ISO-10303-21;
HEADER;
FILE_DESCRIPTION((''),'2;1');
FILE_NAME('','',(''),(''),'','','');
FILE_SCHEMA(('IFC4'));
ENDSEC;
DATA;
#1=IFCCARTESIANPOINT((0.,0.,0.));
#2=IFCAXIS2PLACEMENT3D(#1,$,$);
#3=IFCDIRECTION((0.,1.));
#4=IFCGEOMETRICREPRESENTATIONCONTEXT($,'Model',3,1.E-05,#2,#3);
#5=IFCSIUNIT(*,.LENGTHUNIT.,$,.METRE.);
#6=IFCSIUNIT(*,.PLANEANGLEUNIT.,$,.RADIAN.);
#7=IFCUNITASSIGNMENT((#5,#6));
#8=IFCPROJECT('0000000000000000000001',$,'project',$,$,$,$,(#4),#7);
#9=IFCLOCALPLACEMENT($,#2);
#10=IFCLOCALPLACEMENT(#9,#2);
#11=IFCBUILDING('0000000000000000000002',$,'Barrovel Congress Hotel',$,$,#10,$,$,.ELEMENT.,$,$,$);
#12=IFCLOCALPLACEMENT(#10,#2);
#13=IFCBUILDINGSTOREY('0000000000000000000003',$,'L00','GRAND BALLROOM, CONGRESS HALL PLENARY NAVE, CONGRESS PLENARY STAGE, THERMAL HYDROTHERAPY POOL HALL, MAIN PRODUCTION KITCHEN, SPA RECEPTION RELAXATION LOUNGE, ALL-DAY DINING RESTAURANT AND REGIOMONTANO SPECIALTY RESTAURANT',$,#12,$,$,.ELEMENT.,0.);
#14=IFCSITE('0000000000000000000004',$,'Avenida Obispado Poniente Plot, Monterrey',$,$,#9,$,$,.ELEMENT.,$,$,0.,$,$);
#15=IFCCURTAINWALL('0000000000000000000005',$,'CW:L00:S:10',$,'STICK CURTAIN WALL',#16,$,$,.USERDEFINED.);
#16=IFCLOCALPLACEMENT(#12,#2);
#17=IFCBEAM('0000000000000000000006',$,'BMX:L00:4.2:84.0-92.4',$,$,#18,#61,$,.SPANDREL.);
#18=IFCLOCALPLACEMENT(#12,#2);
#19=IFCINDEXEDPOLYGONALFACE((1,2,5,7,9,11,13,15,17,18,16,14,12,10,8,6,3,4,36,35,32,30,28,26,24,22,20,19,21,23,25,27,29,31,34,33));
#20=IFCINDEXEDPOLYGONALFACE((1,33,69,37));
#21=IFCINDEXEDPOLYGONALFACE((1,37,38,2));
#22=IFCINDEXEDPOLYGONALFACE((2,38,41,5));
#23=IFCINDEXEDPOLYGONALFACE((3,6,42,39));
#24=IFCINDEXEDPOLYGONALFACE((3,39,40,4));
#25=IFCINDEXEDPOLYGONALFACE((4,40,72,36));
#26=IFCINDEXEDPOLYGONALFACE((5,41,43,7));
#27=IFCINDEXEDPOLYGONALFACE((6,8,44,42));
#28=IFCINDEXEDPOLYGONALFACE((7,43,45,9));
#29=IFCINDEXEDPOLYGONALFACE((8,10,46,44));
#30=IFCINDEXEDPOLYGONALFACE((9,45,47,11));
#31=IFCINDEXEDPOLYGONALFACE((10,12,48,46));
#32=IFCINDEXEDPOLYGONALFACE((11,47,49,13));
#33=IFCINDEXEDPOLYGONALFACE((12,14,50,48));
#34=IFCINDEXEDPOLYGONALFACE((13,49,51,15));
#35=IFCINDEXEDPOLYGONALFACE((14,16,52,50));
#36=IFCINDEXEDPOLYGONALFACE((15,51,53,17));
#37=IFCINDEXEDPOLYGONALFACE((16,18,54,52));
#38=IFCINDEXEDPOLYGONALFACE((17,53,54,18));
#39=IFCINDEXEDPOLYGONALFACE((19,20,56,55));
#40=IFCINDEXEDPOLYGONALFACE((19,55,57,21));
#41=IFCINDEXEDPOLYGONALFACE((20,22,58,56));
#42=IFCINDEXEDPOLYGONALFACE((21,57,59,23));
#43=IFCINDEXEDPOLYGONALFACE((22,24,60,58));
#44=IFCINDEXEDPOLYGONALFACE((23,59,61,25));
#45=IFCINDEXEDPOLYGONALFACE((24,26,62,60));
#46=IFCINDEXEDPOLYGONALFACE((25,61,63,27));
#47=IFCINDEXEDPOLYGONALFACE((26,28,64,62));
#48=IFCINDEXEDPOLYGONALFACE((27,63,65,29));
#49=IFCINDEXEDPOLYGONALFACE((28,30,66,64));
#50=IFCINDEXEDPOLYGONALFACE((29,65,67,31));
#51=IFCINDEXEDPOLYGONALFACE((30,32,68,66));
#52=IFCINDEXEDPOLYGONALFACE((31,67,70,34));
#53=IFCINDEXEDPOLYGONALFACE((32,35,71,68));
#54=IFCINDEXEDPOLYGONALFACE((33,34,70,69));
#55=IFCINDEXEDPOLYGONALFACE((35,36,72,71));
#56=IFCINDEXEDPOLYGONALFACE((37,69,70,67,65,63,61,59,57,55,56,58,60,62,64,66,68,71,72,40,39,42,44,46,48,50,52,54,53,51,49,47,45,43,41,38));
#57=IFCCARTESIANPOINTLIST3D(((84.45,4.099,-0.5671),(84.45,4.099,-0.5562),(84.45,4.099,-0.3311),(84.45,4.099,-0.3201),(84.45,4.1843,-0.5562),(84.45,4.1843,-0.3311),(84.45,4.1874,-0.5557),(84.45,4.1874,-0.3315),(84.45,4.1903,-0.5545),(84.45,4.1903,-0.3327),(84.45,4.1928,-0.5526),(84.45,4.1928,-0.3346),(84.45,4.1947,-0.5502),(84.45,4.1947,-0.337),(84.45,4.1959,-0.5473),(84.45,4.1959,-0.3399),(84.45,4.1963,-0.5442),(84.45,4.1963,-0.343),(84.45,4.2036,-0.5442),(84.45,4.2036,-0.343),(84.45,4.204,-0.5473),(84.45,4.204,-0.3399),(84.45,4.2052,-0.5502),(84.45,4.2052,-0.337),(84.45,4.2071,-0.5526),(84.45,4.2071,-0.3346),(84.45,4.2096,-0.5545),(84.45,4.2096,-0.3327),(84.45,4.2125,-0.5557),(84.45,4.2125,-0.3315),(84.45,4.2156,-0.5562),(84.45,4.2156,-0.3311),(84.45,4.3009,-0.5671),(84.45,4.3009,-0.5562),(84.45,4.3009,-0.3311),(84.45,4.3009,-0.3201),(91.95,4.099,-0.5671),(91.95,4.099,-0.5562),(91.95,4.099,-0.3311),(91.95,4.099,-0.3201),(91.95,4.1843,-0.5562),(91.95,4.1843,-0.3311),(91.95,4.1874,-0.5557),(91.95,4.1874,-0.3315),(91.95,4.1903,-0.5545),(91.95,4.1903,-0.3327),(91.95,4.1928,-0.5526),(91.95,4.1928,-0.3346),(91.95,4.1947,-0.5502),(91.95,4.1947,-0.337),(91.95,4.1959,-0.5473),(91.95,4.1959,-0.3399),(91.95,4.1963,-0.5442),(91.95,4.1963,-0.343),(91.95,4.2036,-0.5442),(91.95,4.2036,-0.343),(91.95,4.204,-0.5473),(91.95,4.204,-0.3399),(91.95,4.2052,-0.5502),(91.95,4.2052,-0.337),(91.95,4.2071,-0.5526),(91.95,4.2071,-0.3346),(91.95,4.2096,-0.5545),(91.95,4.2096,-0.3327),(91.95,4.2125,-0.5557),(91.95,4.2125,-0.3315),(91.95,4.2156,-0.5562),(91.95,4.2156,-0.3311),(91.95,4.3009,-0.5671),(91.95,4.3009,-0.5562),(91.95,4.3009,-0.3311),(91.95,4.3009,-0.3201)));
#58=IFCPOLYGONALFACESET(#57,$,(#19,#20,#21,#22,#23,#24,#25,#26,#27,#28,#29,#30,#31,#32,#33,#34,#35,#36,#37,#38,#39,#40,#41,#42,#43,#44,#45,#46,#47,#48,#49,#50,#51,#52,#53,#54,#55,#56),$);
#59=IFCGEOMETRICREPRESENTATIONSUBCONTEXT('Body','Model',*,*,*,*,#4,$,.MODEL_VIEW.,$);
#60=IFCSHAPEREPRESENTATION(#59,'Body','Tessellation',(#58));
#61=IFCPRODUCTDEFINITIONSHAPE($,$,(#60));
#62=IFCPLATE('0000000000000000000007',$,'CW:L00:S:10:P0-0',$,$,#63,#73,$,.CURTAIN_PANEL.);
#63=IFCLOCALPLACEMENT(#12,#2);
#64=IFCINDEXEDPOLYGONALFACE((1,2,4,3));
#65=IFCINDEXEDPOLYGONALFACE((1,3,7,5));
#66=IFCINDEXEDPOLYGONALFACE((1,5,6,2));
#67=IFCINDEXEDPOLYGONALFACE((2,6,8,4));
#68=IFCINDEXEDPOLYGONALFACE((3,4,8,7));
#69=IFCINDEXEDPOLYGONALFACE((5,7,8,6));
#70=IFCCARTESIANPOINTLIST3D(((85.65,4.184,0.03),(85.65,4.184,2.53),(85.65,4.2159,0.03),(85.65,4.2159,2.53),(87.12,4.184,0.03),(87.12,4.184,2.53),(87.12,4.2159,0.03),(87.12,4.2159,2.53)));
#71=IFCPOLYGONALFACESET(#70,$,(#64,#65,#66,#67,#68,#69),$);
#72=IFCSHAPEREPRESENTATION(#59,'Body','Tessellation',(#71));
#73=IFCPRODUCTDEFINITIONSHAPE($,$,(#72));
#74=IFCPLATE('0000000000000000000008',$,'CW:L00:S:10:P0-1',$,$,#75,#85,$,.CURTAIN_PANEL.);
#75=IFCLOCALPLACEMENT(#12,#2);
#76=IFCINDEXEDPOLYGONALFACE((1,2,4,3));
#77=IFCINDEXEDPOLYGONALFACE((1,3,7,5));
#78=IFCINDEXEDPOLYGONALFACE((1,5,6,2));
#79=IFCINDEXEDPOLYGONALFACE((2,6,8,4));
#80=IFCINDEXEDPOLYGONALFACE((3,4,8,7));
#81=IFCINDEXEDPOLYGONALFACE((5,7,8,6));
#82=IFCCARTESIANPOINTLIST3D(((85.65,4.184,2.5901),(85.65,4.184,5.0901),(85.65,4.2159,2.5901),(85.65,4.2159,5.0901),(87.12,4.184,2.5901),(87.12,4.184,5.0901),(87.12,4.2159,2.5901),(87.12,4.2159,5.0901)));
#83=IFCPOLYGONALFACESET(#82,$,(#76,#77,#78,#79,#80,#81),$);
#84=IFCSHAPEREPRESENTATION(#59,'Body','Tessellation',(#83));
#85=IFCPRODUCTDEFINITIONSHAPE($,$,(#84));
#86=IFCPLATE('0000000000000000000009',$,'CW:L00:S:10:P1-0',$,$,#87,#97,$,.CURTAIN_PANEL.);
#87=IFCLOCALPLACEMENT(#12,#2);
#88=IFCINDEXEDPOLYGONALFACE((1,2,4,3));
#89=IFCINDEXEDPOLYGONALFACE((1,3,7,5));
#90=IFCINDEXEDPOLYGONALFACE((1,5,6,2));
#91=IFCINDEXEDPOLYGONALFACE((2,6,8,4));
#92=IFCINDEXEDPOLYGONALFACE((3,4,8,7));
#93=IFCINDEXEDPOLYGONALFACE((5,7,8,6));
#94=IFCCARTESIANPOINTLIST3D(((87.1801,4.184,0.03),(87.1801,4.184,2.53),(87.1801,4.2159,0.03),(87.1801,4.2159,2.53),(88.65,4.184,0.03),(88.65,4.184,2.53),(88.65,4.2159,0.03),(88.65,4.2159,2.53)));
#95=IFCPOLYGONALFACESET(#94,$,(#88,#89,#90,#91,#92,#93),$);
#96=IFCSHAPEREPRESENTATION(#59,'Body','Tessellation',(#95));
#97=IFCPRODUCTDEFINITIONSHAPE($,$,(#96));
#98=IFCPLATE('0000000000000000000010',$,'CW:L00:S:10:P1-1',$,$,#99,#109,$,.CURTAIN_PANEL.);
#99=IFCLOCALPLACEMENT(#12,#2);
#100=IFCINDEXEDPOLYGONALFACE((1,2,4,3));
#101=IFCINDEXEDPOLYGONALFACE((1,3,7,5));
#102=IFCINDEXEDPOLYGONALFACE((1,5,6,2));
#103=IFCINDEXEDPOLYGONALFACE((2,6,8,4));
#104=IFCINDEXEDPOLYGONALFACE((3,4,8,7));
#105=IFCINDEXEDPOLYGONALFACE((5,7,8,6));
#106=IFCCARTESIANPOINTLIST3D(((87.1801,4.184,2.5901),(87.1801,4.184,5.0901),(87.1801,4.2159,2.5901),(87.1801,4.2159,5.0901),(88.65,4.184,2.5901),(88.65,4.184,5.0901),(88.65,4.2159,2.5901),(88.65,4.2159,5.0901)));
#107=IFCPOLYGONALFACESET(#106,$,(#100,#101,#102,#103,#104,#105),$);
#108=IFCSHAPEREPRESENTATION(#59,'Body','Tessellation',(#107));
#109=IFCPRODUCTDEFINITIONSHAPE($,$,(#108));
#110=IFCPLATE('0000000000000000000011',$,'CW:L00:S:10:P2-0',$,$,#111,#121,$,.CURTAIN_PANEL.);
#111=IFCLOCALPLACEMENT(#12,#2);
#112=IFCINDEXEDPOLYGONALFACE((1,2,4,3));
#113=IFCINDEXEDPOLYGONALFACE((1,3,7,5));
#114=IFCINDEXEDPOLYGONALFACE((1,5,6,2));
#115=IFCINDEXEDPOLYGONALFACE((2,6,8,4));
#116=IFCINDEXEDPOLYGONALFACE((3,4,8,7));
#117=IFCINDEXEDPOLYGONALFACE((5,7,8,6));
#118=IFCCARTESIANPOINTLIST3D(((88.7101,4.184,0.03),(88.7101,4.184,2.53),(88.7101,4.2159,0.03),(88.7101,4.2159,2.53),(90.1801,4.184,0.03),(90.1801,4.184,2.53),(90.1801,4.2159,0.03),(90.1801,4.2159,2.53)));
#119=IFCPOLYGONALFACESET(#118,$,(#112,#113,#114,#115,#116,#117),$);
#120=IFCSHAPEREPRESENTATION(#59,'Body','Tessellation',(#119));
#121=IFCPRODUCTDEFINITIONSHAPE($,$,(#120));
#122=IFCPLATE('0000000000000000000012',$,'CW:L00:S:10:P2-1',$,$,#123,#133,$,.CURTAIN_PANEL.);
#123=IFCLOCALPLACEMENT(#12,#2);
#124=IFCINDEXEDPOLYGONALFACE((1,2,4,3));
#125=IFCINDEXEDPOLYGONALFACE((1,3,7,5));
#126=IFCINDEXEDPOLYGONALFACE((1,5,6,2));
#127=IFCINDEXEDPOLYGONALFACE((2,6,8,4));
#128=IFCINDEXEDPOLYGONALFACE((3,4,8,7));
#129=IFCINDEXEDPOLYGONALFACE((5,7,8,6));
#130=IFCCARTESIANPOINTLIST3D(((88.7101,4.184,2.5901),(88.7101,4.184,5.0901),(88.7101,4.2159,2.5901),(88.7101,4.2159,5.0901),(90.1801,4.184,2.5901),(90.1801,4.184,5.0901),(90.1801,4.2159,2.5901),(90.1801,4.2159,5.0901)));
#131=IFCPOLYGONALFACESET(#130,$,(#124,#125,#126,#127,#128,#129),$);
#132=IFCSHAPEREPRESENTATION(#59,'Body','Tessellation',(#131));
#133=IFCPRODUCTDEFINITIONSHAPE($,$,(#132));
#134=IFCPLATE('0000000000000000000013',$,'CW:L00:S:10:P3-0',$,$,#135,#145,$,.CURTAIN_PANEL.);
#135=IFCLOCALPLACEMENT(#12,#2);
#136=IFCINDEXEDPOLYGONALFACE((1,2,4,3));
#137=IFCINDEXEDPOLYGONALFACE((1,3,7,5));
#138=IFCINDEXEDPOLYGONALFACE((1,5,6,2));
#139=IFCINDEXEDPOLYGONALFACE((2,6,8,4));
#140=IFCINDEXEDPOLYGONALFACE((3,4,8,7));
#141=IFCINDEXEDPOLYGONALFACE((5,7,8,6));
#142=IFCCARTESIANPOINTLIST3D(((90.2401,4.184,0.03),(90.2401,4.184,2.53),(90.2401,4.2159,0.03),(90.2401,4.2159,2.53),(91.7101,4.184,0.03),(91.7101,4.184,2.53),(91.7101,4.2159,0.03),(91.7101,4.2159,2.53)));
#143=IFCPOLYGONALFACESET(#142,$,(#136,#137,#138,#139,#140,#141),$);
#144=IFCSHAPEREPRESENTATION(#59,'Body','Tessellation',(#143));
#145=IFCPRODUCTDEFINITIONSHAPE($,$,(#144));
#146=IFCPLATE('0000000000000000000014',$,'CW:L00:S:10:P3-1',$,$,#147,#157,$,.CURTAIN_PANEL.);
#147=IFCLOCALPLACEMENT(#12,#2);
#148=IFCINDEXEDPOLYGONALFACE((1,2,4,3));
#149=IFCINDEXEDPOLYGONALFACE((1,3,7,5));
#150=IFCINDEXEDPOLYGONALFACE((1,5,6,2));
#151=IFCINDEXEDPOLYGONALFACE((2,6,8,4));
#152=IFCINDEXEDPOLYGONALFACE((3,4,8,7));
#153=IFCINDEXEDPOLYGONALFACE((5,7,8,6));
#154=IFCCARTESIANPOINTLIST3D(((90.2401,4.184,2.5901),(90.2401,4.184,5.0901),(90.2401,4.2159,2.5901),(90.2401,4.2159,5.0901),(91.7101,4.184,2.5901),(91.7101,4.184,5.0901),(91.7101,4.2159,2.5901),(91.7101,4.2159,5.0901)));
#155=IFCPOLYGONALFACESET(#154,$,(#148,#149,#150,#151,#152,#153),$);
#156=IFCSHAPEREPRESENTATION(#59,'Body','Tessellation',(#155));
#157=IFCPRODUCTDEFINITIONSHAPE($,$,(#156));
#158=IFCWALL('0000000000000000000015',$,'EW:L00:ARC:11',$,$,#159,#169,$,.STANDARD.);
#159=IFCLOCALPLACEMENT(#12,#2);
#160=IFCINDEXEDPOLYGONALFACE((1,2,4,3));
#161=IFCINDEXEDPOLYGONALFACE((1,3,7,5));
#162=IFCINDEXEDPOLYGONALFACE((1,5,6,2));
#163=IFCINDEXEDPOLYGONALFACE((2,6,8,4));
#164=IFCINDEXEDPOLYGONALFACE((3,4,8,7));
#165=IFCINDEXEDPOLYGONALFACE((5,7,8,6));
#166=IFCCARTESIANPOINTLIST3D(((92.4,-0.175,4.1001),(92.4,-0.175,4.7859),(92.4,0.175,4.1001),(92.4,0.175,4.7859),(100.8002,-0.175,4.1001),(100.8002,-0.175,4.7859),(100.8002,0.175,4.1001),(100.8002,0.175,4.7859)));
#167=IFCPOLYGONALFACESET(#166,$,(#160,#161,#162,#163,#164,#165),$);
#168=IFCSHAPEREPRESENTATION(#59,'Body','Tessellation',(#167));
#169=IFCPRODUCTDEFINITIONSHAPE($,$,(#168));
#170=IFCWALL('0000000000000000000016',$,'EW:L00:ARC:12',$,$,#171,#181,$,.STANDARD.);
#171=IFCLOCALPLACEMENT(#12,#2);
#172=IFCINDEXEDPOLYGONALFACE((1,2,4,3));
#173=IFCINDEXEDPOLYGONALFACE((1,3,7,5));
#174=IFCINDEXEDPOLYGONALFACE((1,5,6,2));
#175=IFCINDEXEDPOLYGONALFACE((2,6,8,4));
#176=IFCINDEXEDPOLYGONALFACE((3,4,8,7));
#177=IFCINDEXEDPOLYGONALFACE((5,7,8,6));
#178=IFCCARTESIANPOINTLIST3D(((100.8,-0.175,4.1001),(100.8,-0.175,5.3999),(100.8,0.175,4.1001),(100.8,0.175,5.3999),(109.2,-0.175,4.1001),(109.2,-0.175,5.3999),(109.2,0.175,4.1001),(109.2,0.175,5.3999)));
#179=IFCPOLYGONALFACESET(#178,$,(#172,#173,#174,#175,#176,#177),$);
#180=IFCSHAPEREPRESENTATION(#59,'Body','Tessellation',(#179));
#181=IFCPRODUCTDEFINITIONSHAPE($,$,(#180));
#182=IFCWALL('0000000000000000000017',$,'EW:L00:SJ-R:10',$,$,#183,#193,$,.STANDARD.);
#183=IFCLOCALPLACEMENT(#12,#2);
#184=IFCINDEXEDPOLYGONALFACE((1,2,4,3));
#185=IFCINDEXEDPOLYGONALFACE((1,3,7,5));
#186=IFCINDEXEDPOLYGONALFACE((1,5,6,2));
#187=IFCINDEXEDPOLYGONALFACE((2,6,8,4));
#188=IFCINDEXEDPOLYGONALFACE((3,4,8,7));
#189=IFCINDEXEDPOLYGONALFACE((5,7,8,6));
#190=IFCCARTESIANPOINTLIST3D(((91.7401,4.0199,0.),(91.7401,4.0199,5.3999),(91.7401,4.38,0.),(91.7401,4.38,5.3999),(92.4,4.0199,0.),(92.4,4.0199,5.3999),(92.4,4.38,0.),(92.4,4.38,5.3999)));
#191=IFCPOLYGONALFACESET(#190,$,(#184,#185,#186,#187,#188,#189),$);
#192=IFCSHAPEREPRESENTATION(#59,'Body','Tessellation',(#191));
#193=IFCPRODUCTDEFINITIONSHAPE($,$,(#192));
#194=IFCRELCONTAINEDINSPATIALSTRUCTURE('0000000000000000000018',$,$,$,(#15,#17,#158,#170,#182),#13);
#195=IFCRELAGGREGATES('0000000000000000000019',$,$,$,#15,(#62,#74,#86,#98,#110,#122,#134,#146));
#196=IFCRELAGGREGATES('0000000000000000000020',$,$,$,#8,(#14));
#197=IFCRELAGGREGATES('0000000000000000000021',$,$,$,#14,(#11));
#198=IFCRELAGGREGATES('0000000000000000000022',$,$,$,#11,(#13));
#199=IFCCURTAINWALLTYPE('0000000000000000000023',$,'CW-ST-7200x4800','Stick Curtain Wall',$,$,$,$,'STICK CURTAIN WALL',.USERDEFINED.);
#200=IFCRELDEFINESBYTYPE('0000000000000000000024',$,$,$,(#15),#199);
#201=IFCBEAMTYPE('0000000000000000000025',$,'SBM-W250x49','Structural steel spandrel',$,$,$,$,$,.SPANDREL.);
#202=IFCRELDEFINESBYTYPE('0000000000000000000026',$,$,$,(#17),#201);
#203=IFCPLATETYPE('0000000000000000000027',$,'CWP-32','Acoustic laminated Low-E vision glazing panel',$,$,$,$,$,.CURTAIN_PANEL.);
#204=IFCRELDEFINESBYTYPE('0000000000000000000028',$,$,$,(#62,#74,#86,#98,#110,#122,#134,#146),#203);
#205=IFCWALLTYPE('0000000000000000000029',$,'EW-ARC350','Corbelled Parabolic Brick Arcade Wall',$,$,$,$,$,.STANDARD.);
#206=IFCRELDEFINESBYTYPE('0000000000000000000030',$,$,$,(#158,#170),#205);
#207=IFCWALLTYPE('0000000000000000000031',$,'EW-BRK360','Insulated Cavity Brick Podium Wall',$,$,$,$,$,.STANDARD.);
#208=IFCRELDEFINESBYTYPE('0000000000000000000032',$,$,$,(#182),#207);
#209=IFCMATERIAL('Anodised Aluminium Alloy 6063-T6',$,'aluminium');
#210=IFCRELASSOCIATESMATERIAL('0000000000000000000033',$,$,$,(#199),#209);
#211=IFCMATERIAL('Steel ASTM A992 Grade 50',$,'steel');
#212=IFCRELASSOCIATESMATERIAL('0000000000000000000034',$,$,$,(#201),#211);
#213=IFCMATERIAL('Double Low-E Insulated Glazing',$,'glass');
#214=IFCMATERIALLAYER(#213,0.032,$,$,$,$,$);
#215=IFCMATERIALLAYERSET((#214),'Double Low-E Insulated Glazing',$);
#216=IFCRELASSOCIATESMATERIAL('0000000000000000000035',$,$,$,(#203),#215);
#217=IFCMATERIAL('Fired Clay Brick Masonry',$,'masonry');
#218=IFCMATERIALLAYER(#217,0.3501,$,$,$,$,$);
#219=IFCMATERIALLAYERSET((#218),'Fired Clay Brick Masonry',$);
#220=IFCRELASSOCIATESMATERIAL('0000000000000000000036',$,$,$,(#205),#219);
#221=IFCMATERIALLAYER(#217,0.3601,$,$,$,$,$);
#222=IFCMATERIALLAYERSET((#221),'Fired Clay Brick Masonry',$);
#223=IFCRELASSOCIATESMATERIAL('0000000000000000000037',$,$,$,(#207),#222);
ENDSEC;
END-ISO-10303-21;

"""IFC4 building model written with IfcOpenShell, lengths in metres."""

from ifc_helpers import new_model, si_unit, direction, frame, frame_2d, origin, origin_2d, place, context, subcontext, project, spatial, rectangle, i_section, extrude, material, layer, layer_set, material_profile, profile_set, type_object, element, aggregate, save


model = new_model("IFC4")

# Units and contexts
model_context = context("Model", 3, precision=1e-05, world=origin(), true_north=direction((0.0, 1.0)))
body_context = subcontext(model_context, "Body", "Model", "MODEL_VIEW")
ifc_project = project(units=[si_unit("LENGTHUNIT", "METRE"), si_unit("PLANEANGLEUNIT", "RADIAN")], contexts=[model_context])

# Site, building, storey
site_placement = place(None, origin())
site = spatial("IfcSite", under=ifc_project, at=site_placement, Name="Avenida Obispado Poniente Plot, Monterrey", CompositionType="ELEMENT", RefElevation=0.0)
building_placement = place(site_placement, origin())
building = spatial("IfcBuilding", under=site, at=building_placement, Name="Barrovel Congress Hotel", CompositionType="ELEMENT")
storey_placement = place(building_placement, origin())
storey = spatial("IfcBuildingStorey", under=building, at=storey_placement, Name="L00", Description="GRAND BALLROOM, CONGRESS HALL PLENARY NAVE, CONGRESS PLENARY STAGE, THERMAL HYDROTHERAPY POOL HALL, MAIN PRODUCTION KITCHEN, SPA RECEPTION RELAXATION LOUNGE, ALL-DAY DINING RESTAURANT AND REGIOMONTANO SPECIALTY RESTAURANT", CompositionType="ELEMENT", Elevation=0.0)

# Curtain wall
ifc_material_1 = material(Name="Anodised Aluminium Alloy 6063-T6", Category="aluminium")
curtain_wall_type = type_object("IfcCurtainWallType", Name="CW-ST-7200x4800", Description="Stick Curtain Wall", ElementType="STICK CURTAIN WALL", PredefinedType="USERDEFINED", material=ifc_material_1)
curtain_wall_placement = place(storey_placement, origin())
curtain_wall = element("IfcCurtainWall", 1, at=curtain_wall_placement, inside=storey, type_object=curtain_wall_type, Name="CW:L00:S:10", ObjectType="STICK CURTAIN WALL", PredefinedType="USERDEFINED")

# Beam
ifc_material_2 = material(Name="Steel ASTM A992 Grade 50", Category="steel")
ifc_material_profile_1 = material_profile(ifc_material_2, i_section(OverallWidth=0.2019, OverallDepth=0.2471, WebThickness=0.0073, FlangeThickness=0.011, FilletRadius=0.012, at=origin_2d()), Name="W250x49")
ifc_profile_set_1 = profile_set([ifc_material_profile_1], Name="Steel ASTM A992 Grade 50")
beam_type_1 = type_object("IfcBeamType", Name="SBM-W250x49", Description="Structural steel spandrel", PredefinedType="SPANDREL", material=ifc_profile_set_1)
beam_1_placement = place(storey_placement, frame((84.45, 4.2, -0.4436), z_axis=(1.0, 0.0, 0.0), x_axis=(0.0, 1.0, 0.0)))
element("IfcBeam", 2, at=beam_1_placement, inside=storey, type_object=beam_type_1, Name="BMX:L00:4.2:84.0-92.4", PredefinedType="SPANDREL", context=body_context, shape_type="SweptSolid", body=[
    extrude(i_section(OverallWidth=0.2019, OverallDepth=0.2471, WebThickness=0.0073, FlangeThickness=0.011, FilletRadius=0.012, at=origin_2d()), origin(), (0.0, 0.0, 1.0), 7.5),
])

# Plates
ifc_material_3 = material(Name="Double Low-E Insulated Glazing", Category="glass")
ifc_layer_1 = layer(ifc_material_3, 0.032)
ifc_layer_set_1 = layer_set([ifc_layer_1], Name="Double Low-E Insulated Glazing")
plate_type = type_object("IfcPlateType", Name="CWP-32", Description="Acoustic laminated Low-E vision glazing panel", PredefinedType="CURTAIN_PANEL", material=ifc_layer_set_1)
plate_1_placement = place(storey_placement, frame((86.385, 4.2, 0.03), z_axis=(0.0, 0.0, 1.0), x_axis=(1.0, 0.0, 0.0)))
plate_1 = element("IfcPlate", 3, at=plate_1_placement, type_object=plate_type, Name="CW:L00:S:10:P0-0", PredefinedType="CURTAIN_PANEL", context=body_context, shape_type="SweptSolid", body=[
    extrude(rectangle(XDim=1.47, YDim=0.032, at=origin_2d()), origin(), (0.0, 0.0, 1.0), 2.5),
])
plate_2_placement = place(storey_placement, frame((86.385, 4.2, 2.5901), z_axis=(0.0, 0.0, 1.0), x_axis=(1.0, 0.0, 0.0)))
plate_2 = element("IfcPlate", 4, at=plate_2_placement, type_object=plate_type, Name="CW:L00:S:10:P0-1", PredefinedType="CURTAIN_PANEL", context=body_context, shape_type="SweptSolid", body=[
    extrude(rectangle(XDim=1.47, YDim=0.032, at=origin_2d()), origin(), (0.0, 0.0, 1.0), 2.5),
])
plate_3_placement = place(storey_placement, frame((87.915, 4.2, 0.03), z_axis=(0.0, 0.0, 1.0), x_axis=(1.0, 0.0, 0.0)))
plate_3 = element("IfcPlate", 5, at=plate_3_placement, type_object=plate_type, Name="CW:L00:S:10:P1-0", PredefinedType="CURTAIN_PANEL", context=body_context, shape_type="SweptSolid", body=[
    extrude(rectangle(XDim=1.47, YDim=0.032, at=origin_2d()), origin(), (0.0, 0.0, 1.0), 2.5),
])
plate_4_placement = place(storey_placement, frame((87.915, 4.2, 2.5901), z_axis=(0.0, 0.0, 1.0), x_axis=(1.0, 0.0, 0.0)))
plate_4 = element("IfcPlate", 6, at=plate_4_placement, type_object=plate_type, Name="CW:L00:S:10:P1-1", PredefinedType="CURTAIN_PANEL", context=body_context, shape_type="SweptSolid", body=[
    extrude(rectangle(XDim=1.47, YDim=0.032, at=origin_2d()), origin(), (0.0, 0.0, 1.0), 2.5),
])
plate_5_placement = place(storey_placement, frame((89.4451, 4.2, 0.03), z_axis=(0.0, 0.0, 1.0), x_axis=(1.0, 0.0, 0.0)))
plate_5 = element("IfcPlate", 7, at=plate_5_placement, type_object=plate_type, Name="CW:L00:S:10:P2-0", PredefinedType="CURTAIN_PANEL", context=body_context, shape_type="SweptSolid", body=[
    extrude(rectangle(XDim=1.47, YDim=0.032, at=origin_2d()), origin(), (0.0, 0.0, 1.0), 2.5),
])
plate_6_placement = place(storey_placement, frame((89.4451, 4.2, 2.5901), z_axis=(0.0, 0.0, 1.0), x_axis=(1.0, 0.0, 0.0)))
plate_6 = element("IfcPlate", 8, at=plate_6_placement, type_object=plate_type, Name="CW:L00:S:10:P2-1", PredefinedType="CURTAIN_PANEL", context=body_context, shape_type="SweptSolid", body=[
    extrude(rectangle(XDim=1.47, YDim=0.032, at=origin_2d()), origin(), (0.0, 0.0, 1.0), 2.5),
])
plate_7_placement = place(storey_placement, frame((90.9751, 4.2, 0.03), z_axis=(0.0, 0.0, 1.0), x_axis=(1.0, 0.0, 0.0)))
plate_7 = element("IfcPlate", 9, at=plate_7_placement, type_object=plate_type, Name="CW:L00:S:10:P3-0", PredefinedType="CURTAIN_PANEL", context=body_context, shape_type="SweptSolid", body=[
    extrude(rectangle(XDim=1.47, YDim=0.032, at=origin_2d()), origin(), (0.0, 0.0, 1.0), 2.5),
])
plate_8_placement = place(storey_placement, frame((90.9751, 4.2, 2.5901), z_axis=(0.0, 0.0, 1.0), x_axis=(1.0, 0.0, 0.0)))
plate_8 = element("IfcPlate", 10, at=plate_8_placement, type_object=plate_type, Name="CW:L00:S:10:P3-1", PredefinedType="CURTAIN_PANEL", context=body_context, shape_type="SweptSolid", body=[
    extrude(rectangle(XDim=1.47, YDim=0.032, at=origin_2d()), origin(), (0.0, 0.0, 1.0), 2.5),
])
aggregate(curtain_wall, [plate_1, plate_2, plate_3, plate_4, plate_5, plate_6, plate_7, plate_8])

# Walls
ifc_material_4 = material(Name="Fired Clay Brick Masonry", Category="masonry")
ifc_layer_2 = layer(ifc_material_4, 0.3501)
ifc_layer_set_2 = layer_set([ifc_layer_2], Name="Fired Clay Brick Masonry")
wall_type_1 = type_object("IfcWallType", Name="EW-ARC350", Description="Corbelled Parabolic Brick Arcade Wall", PredefinedType="STANDARD", material=ifc_layer_set_2)
wall_1_placement = place(storey_placement, frame((92.3999, 0.0, 4.1001), z_axis=(0.0, 0.0, 1.0), x_axis=(1.0, 0.0, 0.0)))
element("IfcWall", 11, at=wall_1_placement, inside=storey, type_object=wall_type_1, Name="EW:L00:ARC:11", PredefinedType="STANDARD", context=body_context, shape_type="SweptSolid", body=[
    extrude(rectangle(XDim=8.4001, YDim=0.3501, at=frame_2d((4.2002, 0.0))), origin(), (0.0, 0.0, 1.0), 0.6858),
])
wall_2_placement = place(storey_placement, frame((100.8, 0.0, 4.1001), z_axis=(0.0, 0.0, 1.0), x_axis=(1.0, 0.0, 0.0)))
element("IfcWall", 12, at=wall_2_placement, inside=storey, type_object=wall_type_1, Name="EW:L00:ARC:12", PredefinedType="STANDARD", context=body_context, shape_type="SweptSolid", body=[
    extrude(rectangle(XDim=8.3999, YDim=0.3501, at=frame_2d((4.2, 0.0))), origin(), (0.0, 0.0, 1.0), 1.2998),
])
ifc_layer_3 = layer(ifc_material_4, 0.3601)
ifc_layer_set_3 = layer_set([ifc_layer_3], Name="Fired Clay Brick Masonry")
wall_type_2 = type_object("IfcWallType", Name="EW-BRK360", Description="Insulated Cavity Brick Podium Wall", PredefinedType="STANDARD", material=ifc_layer_set_3)
wall_3_placement = place(storey_placement, frame((91.74, 4.2, 0.0), z_axis=(0.0, 0.0, 1.0), x_axis=(1.0, 0.0, 0.0)))
element("IfcWall", 13, at=wall_3_placement, inside=storey, type_object=wall_type_2, Name="EW:L00:SJ-R:10", PredefinedType="STANDARD", context=body_context, shape_type="SweptSolid", body=[
    extrude(rectangle(XDim=0.6599, YDim=0.3601, at=frame_2d((0.3301, 0.0))), origin(), (0.0, 0.0, 1.0), 5.3999),
])

save(model, "model.ifc")
